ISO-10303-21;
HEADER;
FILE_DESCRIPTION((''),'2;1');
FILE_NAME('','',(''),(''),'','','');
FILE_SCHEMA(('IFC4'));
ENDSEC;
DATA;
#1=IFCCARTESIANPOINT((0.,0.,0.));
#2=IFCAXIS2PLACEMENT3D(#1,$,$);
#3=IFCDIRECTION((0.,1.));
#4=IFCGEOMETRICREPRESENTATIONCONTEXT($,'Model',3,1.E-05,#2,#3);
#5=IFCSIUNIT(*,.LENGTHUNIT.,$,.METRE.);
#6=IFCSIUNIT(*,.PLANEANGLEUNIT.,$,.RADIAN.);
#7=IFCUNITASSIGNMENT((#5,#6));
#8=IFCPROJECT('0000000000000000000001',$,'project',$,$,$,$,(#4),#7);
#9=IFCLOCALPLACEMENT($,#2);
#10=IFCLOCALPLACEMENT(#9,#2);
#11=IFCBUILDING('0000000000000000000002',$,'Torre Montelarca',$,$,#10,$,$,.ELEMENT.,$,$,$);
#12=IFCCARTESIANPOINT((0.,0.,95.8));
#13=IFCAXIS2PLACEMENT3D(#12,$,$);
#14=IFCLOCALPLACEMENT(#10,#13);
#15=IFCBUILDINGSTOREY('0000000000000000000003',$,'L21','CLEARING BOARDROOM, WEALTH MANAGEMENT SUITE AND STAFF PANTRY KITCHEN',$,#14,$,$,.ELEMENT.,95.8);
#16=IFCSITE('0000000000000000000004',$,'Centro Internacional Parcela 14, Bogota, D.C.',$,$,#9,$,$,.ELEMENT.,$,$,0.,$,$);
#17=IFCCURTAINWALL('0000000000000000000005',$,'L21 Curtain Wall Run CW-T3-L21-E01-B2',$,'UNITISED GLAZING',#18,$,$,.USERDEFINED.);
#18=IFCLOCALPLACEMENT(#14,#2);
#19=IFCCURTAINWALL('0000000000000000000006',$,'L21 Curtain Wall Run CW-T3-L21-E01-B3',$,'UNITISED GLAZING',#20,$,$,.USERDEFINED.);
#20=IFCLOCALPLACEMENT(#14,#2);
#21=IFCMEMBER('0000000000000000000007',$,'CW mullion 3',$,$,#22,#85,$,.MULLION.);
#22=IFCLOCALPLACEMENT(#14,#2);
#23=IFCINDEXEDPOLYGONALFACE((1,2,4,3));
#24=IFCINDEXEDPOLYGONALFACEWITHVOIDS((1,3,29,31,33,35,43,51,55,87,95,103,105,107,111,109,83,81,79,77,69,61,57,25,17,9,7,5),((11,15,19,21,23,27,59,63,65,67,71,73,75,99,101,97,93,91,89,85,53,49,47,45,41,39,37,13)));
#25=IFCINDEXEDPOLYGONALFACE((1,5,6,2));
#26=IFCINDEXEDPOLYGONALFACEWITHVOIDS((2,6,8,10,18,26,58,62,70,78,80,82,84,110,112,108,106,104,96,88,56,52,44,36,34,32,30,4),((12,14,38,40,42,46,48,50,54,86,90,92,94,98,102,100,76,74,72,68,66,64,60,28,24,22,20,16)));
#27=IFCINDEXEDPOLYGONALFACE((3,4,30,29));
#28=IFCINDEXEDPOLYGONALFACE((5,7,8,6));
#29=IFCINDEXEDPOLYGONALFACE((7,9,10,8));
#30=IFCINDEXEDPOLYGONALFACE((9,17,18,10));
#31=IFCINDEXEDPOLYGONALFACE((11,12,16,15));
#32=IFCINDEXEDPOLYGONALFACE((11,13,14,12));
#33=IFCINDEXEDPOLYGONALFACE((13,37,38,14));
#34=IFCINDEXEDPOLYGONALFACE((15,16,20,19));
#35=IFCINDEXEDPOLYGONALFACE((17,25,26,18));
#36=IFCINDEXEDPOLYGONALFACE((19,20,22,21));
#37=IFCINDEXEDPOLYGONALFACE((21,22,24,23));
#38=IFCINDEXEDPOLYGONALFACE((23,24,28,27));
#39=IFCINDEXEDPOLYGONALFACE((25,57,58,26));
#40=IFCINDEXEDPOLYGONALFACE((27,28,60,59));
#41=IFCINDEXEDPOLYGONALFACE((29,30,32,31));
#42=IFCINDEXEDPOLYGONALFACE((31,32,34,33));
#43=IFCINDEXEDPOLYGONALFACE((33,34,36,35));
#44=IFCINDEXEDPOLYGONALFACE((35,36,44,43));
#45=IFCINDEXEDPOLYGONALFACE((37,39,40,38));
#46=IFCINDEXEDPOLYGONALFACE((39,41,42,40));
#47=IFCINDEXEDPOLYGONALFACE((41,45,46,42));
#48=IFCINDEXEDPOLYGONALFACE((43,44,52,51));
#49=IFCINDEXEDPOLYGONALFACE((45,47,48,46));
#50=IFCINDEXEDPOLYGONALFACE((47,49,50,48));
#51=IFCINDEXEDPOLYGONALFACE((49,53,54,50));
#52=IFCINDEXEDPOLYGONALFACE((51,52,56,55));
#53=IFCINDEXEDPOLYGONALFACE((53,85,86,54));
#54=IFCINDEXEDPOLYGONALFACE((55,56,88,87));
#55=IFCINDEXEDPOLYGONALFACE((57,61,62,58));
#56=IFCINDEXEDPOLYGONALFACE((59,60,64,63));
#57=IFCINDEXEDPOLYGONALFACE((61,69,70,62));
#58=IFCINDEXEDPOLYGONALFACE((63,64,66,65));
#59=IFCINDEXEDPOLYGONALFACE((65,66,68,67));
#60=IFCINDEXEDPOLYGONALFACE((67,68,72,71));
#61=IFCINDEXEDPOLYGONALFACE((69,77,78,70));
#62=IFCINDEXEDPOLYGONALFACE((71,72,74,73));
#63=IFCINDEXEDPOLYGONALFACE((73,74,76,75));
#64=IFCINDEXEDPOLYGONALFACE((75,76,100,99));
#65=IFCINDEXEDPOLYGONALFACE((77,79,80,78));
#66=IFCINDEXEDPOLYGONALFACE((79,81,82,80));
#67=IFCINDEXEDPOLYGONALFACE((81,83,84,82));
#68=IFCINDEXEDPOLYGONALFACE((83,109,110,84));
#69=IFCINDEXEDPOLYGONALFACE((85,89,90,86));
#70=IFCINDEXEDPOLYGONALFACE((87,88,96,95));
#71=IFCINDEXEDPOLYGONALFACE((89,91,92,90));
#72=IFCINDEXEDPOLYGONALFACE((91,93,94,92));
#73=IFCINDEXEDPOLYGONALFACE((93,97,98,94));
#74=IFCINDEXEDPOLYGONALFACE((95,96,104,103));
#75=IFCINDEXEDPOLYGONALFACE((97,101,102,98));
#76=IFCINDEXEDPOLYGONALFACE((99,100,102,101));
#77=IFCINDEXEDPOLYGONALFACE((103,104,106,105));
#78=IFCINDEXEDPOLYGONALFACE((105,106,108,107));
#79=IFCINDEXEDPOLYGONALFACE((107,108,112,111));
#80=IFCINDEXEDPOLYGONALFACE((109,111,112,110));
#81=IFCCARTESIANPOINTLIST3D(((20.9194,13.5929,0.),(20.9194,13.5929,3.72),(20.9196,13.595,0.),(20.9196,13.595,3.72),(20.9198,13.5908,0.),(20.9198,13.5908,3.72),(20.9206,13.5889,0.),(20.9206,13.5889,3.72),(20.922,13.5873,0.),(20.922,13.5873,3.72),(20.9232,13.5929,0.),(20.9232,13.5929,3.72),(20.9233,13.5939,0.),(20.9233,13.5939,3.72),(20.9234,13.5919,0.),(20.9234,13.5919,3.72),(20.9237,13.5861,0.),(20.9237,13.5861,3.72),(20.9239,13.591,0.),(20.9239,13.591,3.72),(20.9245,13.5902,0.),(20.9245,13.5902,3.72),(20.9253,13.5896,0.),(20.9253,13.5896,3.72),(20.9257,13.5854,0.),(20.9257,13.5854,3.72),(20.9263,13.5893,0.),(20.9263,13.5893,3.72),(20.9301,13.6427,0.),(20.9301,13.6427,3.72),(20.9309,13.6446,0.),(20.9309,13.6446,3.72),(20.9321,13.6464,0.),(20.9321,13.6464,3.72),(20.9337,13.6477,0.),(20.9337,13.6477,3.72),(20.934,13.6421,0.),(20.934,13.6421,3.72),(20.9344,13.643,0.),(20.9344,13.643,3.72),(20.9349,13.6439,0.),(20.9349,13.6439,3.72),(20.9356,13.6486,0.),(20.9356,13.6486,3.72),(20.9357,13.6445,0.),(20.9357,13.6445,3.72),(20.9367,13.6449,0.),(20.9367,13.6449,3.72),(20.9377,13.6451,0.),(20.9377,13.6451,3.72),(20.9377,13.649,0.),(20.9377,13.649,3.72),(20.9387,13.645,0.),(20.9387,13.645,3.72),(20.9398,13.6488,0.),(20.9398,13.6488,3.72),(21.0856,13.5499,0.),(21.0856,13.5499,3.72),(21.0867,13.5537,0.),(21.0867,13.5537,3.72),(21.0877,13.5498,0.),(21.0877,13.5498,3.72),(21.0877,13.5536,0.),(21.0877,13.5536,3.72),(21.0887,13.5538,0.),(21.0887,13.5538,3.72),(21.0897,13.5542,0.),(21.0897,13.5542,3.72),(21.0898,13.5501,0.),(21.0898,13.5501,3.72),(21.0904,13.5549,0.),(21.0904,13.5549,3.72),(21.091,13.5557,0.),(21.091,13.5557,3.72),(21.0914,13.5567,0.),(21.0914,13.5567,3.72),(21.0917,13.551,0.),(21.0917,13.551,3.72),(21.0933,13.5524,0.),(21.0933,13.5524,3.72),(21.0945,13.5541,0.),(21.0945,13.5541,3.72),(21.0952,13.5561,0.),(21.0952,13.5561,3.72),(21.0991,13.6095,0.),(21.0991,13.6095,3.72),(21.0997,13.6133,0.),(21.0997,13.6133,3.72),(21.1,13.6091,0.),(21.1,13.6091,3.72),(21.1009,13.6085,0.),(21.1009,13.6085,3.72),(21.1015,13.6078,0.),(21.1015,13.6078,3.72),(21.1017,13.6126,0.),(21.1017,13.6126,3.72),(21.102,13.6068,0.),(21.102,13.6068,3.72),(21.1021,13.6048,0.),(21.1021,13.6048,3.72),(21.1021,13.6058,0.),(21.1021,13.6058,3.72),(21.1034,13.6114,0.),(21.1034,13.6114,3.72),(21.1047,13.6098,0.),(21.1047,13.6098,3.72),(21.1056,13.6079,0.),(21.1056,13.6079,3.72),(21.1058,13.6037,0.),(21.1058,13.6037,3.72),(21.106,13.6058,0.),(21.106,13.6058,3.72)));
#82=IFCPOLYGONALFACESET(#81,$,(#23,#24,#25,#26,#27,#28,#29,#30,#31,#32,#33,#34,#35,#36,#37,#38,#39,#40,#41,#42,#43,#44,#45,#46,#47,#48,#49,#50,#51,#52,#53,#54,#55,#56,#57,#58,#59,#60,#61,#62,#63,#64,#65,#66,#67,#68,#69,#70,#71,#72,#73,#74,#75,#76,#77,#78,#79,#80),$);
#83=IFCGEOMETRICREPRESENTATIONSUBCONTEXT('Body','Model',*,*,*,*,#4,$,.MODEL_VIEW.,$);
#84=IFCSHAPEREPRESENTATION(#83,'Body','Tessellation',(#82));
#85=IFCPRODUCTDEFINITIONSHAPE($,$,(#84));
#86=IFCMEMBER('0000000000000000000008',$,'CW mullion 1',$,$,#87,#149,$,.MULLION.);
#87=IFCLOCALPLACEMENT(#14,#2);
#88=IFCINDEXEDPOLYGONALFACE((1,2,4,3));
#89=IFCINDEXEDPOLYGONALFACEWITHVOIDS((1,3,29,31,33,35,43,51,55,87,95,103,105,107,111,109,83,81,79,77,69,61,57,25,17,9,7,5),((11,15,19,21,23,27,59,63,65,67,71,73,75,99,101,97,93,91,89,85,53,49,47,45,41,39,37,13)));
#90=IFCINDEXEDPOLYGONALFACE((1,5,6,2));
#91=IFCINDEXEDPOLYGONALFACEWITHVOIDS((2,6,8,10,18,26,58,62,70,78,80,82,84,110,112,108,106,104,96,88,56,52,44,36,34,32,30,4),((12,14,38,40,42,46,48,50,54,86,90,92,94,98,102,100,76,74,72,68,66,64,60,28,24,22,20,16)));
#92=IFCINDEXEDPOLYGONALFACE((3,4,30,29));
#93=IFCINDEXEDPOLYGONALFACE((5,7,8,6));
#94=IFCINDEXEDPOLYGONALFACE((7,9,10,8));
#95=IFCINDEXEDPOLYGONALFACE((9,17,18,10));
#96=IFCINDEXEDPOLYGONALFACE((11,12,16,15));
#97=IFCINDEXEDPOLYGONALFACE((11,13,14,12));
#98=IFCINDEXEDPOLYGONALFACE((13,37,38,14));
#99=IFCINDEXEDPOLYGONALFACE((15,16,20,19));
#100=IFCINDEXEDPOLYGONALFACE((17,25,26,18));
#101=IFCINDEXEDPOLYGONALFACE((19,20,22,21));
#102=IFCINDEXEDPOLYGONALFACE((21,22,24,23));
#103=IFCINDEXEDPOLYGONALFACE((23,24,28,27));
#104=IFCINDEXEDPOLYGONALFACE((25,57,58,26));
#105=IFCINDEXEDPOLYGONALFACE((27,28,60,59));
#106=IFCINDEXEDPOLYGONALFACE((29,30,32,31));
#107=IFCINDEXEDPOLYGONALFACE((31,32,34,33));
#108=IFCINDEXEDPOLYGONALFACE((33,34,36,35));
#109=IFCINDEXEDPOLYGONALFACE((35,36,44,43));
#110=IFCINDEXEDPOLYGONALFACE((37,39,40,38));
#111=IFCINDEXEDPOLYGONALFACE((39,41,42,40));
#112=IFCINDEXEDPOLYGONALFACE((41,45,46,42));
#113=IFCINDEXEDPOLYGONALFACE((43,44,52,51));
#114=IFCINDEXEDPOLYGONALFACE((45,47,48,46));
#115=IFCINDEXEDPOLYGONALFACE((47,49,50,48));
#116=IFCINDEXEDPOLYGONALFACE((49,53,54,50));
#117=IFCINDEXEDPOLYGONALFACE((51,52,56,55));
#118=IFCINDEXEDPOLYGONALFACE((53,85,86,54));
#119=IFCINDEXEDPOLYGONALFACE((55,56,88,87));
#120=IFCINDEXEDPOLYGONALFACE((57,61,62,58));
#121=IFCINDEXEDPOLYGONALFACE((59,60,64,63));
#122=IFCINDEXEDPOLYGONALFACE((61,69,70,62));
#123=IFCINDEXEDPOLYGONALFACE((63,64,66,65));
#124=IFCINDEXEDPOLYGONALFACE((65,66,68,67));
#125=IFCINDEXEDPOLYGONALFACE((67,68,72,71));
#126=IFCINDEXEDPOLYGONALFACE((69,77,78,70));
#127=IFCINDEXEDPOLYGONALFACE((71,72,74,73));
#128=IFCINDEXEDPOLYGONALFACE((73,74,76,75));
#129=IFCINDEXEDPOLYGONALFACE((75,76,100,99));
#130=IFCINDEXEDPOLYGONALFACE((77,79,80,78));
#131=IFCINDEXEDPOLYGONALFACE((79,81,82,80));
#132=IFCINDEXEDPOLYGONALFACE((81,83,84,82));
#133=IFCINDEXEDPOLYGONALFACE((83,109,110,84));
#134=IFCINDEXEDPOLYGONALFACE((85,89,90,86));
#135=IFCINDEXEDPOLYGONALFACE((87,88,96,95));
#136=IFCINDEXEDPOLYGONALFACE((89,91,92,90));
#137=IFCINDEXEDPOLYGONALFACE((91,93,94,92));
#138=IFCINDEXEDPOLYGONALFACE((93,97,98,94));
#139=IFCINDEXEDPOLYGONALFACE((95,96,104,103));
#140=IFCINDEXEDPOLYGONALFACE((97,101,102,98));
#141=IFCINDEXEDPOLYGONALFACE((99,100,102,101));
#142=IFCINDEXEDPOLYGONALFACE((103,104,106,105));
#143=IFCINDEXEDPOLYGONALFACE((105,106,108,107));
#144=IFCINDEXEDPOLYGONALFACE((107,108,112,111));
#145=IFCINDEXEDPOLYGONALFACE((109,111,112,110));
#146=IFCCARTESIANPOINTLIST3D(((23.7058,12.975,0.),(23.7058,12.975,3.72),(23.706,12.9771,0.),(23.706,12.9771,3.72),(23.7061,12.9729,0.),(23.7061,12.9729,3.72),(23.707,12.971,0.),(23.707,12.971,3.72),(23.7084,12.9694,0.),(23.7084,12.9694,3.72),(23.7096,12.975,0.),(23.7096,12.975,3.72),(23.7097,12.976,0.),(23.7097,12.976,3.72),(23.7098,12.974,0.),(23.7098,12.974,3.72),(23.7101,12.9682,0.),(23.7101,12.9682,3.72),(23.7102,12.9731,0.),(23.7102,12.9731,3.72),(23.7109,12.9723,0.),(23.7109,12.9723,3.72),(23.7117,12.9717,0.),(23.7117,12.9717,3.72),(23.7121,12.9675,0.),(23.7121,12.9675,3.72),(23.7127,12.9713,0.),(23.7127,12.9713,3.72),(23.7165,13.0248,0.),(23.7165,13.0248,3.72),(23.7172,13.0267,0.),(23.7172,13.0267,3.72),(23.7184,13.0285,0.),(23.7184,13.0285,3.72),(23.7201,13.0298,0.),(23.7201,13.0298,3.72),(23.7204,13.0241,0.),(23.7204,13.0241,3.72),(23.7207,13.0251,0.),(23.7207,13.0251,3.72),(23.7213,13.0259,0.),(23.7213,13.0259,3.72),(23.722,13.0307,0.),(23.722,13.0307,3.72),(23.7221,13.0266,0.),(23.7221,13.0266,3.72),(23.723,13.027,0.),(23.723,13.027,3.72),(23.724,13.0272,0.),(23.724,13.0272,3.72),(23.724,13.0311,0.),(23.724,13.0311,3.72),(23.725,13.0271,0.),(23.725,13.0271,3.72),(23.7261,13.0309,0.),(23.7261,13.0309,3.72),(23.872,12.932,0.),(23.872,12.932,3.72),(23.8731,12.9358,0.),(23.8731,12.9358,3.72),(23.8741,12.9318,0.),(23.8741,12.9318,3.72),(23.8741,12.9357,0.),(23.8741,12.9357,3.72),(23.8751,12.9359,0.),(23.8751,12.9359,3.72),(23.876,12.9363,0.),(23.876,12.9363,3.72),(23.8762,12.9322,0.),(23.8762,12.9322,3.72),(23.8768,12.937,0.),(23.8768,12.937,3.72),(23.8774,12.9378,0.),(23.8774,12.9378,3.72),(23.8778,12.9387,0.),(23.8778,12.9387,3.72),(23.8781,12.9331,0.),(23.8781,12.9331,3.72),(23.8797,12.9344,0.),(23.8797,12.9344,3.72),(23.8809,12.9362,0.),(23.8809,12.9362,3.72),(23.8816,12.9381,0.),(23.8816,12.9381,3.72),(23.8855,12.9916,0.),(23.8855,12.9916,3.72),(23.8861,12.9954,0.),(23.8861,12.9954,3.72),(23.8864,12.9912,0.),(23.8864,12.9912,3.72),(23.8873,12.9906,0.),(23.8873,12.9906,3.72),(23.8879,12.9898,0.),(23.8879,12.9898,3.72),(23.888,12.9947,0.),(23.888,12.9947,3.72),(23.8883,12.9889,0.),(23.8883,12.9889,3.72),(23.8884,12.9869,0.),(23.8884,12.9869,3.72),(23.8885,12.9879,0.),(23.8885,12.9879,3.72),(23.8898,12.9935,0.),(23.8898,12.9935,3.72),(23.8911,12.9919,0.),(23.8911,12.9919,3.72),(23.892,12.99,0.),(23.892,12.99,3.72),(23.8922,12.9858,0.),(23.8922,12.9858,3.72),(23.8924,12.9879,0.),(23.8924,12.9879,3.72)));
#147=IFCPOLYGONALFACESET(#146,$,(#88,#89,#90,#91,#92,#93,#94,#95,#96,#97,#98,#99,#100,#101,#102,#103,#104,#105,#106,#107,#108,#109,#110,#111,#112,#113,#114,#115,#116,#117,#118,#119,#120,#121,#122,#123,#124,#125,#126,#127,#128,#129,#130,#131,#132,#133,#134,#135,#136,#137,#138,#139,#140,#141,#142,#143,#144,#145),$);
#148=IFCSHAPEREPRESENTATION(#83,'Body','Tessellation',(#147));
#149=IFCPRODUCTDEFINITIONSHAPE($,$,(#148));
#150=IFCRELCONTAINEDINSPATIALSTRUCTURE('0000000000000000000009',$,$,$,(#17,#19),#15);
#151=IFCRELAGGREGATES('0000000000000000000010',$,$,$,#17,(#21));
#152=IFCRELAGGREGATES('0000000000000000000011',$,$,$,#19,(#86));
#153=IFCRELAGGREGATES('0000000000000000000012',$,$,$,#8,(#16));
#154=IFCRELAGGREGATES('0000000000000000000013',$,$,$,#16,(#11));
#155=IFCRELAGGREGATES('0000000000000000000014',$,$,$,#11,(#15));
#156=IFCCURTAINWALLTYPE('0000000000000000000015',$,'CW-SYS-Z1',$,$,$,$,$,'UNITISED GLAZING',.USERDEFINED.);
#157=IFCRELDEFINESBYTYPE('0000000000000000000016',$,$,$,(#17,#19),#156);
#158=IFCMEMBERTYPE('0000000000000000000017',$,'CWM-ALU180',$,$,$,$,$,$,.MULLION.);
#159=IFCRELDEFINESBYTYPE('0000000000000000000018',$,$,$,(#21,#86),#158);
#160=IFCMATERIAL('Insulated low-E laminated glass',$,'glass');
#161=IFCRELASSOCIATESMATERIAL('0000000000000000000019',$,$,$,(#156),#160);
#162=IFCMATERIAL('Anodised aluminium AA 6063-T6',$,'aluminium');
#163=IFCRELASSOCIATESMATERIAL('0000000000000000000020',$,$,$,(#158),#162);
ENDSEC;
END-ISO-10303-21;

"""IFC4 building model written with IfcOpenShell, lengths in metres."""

from ifc_helpers import new_model, si_unit, direction, frame, origin, origin_2d, place, context, subcontext, project, spatial, hollow_rectangle, extrude, source, transform, mapped, material, material_profile, profile_set, type_object, element, aggregate, save


model = new_model("IFC4")

# Units and contexts
model_context = context("Model", 3, precision=1e-05, world=origin(), true_north=direction((0.0, 1.0)))
body_context = subcontext(model_context, "Body", "Model", "MODEL_VIEW")
ifc_project = project(units=[si_unit("LENGTHUNIT", "METRE"), si_unit("PLANEANGLEUNIT", "RADIAN")], contexts=[model_context])

# Site, building, storey
site_placement = place(None, origin())
site = spatial("IfcSite", under=ifc_project, at=site_placement, Name="Centro Internacional Parcela 14, Bogota, D.C.", CompositionType="ELEMENT", RefElevation=0.0)
building_placement = place(site_placement, origin())
building = spatial("IfcBuilding", under=site, at=building_placement, Name="Torre Montelarca", CompositionType="ELEMENT")
storey_placement = place(building_placement, frame((0.0, 0.0, 95.8)))
storey = spatial("IfcBuildingStorey", under=building, at=storey_placement, Name="L21", Description="CLEARING BOARDROOM, WEALTH MANAGEMENT SUITE AND STAFF PANTRY KITCHEN", CompositionType="ELEMENT", Elevation=95.8)

# Shared definitions
ifc_material_1 = material(Name="Insulated low-E laminated glass", Category="glass")
curtain_wall_type = type_object("IfcCurtainWallType", Name="CW-SYS-Z1", ElementType="UNITISED GLAZING", PredefinedType="USERDEFINED", material=ifc_material_1)
ifc_material_2 = material(Name="Anodised aluminium AA 6063-T6", Category="aluminium")

# Curtain wall
curtain_wall_1_placement = place(storey_placement, origin())
curtain_wall_1 = element("IfcCurtainWall", 1, at=curtain_wall_1_placement, inside=storey, type_object=curtain_wall_type, Name="L21 Curtain Wall Run CW-T3-L21-E01-B2", ObjectType="UNITISED GLAZING", PredefinedType="USERDEFINED")

# Curtain wall
curtain_wall_2_placement = place(storey_placement, origin())
curtain_wall_2 = element("IfcCurtainWall", 2, at=curtain_wall_2_placement, inside=storey, type_object=curtain_wall_type, Name="L21 Curtain Wall Run CW-T3-L21-E01-B3", ObjectType="UNITISED GLAZING", PredefinedType="USERDEFINED")

# Members
ifc_material_profile_1 = material_profile(ifc_material_2, hollow_rectangle(XDim=0.0649, YDim=0.1799, WallThickness=0.0039, InnerFilletRadius=0.0039, OuterFilletRadius=0.0081, at=origin_2d()), Name="ALU65X180X4", Category="aluminium")
ifc_profile_set_1 = profile_set([ifc_material_profile_1], Name="Anodised aluminium AA 6063-T6")
member_type_1 = type_object("IfcMemberType", Name="CWM-ALU180", PredefinedType="MULLION", material=ifc_profile_set_1)
shared_shape_1 = source(origin(), body_context, "Body", "SweptSolid", [
    extrude(hollow_rectangle(XDim=0.0649, YDim=0.1799, WallThickness=0.0039, InnerFilletRadius=0.0039, OuterFilletRadius=0.0081, at=origin_2d()), origin(), (0.0, 0.0, 1.0), 3.72),
])
member_1_placement = place(storey_placement, frame((21.0127, 13.5994, 0.0), z_axis=(0.0, 0.0, 1.0), x_axis=(0.216428, 0.976299, 0.0)))
member_1 = element("IfcMember", 3, at=member_1_placement, type_object=member_type_1, Name="CW mullion 3", PredefinedType="MULLION", context=body_context, shape_type="MappedRepresentation", body=[
    mapped(shared_shape_1, transform((0.0, 0.0, 0.0), scale=1.0)),
])
member_2_placement = place(storey_placement, frame((23.7991, 12.9814, 0.0), z_axis=(0.0, 0.0, 1.0), x_axis=(0.216445, 0.976295, 0.0)))
member_2 = element("IfcMember", 4, at=member_2_placement, type_object=member_type_1, Name="CW mullion 1", PredefinedType="MULLION", context=body_context, shape_type="MappedRepresentation", body=[
    mapped(shared_shape_1, transform((0.0, 0.0, 0.0), scale=1.0)),
])

aggregate(curtain_wall_1, [member_1])
aggregate(curtain_wall_2, [member_2])

save(model, "model.ifc")
